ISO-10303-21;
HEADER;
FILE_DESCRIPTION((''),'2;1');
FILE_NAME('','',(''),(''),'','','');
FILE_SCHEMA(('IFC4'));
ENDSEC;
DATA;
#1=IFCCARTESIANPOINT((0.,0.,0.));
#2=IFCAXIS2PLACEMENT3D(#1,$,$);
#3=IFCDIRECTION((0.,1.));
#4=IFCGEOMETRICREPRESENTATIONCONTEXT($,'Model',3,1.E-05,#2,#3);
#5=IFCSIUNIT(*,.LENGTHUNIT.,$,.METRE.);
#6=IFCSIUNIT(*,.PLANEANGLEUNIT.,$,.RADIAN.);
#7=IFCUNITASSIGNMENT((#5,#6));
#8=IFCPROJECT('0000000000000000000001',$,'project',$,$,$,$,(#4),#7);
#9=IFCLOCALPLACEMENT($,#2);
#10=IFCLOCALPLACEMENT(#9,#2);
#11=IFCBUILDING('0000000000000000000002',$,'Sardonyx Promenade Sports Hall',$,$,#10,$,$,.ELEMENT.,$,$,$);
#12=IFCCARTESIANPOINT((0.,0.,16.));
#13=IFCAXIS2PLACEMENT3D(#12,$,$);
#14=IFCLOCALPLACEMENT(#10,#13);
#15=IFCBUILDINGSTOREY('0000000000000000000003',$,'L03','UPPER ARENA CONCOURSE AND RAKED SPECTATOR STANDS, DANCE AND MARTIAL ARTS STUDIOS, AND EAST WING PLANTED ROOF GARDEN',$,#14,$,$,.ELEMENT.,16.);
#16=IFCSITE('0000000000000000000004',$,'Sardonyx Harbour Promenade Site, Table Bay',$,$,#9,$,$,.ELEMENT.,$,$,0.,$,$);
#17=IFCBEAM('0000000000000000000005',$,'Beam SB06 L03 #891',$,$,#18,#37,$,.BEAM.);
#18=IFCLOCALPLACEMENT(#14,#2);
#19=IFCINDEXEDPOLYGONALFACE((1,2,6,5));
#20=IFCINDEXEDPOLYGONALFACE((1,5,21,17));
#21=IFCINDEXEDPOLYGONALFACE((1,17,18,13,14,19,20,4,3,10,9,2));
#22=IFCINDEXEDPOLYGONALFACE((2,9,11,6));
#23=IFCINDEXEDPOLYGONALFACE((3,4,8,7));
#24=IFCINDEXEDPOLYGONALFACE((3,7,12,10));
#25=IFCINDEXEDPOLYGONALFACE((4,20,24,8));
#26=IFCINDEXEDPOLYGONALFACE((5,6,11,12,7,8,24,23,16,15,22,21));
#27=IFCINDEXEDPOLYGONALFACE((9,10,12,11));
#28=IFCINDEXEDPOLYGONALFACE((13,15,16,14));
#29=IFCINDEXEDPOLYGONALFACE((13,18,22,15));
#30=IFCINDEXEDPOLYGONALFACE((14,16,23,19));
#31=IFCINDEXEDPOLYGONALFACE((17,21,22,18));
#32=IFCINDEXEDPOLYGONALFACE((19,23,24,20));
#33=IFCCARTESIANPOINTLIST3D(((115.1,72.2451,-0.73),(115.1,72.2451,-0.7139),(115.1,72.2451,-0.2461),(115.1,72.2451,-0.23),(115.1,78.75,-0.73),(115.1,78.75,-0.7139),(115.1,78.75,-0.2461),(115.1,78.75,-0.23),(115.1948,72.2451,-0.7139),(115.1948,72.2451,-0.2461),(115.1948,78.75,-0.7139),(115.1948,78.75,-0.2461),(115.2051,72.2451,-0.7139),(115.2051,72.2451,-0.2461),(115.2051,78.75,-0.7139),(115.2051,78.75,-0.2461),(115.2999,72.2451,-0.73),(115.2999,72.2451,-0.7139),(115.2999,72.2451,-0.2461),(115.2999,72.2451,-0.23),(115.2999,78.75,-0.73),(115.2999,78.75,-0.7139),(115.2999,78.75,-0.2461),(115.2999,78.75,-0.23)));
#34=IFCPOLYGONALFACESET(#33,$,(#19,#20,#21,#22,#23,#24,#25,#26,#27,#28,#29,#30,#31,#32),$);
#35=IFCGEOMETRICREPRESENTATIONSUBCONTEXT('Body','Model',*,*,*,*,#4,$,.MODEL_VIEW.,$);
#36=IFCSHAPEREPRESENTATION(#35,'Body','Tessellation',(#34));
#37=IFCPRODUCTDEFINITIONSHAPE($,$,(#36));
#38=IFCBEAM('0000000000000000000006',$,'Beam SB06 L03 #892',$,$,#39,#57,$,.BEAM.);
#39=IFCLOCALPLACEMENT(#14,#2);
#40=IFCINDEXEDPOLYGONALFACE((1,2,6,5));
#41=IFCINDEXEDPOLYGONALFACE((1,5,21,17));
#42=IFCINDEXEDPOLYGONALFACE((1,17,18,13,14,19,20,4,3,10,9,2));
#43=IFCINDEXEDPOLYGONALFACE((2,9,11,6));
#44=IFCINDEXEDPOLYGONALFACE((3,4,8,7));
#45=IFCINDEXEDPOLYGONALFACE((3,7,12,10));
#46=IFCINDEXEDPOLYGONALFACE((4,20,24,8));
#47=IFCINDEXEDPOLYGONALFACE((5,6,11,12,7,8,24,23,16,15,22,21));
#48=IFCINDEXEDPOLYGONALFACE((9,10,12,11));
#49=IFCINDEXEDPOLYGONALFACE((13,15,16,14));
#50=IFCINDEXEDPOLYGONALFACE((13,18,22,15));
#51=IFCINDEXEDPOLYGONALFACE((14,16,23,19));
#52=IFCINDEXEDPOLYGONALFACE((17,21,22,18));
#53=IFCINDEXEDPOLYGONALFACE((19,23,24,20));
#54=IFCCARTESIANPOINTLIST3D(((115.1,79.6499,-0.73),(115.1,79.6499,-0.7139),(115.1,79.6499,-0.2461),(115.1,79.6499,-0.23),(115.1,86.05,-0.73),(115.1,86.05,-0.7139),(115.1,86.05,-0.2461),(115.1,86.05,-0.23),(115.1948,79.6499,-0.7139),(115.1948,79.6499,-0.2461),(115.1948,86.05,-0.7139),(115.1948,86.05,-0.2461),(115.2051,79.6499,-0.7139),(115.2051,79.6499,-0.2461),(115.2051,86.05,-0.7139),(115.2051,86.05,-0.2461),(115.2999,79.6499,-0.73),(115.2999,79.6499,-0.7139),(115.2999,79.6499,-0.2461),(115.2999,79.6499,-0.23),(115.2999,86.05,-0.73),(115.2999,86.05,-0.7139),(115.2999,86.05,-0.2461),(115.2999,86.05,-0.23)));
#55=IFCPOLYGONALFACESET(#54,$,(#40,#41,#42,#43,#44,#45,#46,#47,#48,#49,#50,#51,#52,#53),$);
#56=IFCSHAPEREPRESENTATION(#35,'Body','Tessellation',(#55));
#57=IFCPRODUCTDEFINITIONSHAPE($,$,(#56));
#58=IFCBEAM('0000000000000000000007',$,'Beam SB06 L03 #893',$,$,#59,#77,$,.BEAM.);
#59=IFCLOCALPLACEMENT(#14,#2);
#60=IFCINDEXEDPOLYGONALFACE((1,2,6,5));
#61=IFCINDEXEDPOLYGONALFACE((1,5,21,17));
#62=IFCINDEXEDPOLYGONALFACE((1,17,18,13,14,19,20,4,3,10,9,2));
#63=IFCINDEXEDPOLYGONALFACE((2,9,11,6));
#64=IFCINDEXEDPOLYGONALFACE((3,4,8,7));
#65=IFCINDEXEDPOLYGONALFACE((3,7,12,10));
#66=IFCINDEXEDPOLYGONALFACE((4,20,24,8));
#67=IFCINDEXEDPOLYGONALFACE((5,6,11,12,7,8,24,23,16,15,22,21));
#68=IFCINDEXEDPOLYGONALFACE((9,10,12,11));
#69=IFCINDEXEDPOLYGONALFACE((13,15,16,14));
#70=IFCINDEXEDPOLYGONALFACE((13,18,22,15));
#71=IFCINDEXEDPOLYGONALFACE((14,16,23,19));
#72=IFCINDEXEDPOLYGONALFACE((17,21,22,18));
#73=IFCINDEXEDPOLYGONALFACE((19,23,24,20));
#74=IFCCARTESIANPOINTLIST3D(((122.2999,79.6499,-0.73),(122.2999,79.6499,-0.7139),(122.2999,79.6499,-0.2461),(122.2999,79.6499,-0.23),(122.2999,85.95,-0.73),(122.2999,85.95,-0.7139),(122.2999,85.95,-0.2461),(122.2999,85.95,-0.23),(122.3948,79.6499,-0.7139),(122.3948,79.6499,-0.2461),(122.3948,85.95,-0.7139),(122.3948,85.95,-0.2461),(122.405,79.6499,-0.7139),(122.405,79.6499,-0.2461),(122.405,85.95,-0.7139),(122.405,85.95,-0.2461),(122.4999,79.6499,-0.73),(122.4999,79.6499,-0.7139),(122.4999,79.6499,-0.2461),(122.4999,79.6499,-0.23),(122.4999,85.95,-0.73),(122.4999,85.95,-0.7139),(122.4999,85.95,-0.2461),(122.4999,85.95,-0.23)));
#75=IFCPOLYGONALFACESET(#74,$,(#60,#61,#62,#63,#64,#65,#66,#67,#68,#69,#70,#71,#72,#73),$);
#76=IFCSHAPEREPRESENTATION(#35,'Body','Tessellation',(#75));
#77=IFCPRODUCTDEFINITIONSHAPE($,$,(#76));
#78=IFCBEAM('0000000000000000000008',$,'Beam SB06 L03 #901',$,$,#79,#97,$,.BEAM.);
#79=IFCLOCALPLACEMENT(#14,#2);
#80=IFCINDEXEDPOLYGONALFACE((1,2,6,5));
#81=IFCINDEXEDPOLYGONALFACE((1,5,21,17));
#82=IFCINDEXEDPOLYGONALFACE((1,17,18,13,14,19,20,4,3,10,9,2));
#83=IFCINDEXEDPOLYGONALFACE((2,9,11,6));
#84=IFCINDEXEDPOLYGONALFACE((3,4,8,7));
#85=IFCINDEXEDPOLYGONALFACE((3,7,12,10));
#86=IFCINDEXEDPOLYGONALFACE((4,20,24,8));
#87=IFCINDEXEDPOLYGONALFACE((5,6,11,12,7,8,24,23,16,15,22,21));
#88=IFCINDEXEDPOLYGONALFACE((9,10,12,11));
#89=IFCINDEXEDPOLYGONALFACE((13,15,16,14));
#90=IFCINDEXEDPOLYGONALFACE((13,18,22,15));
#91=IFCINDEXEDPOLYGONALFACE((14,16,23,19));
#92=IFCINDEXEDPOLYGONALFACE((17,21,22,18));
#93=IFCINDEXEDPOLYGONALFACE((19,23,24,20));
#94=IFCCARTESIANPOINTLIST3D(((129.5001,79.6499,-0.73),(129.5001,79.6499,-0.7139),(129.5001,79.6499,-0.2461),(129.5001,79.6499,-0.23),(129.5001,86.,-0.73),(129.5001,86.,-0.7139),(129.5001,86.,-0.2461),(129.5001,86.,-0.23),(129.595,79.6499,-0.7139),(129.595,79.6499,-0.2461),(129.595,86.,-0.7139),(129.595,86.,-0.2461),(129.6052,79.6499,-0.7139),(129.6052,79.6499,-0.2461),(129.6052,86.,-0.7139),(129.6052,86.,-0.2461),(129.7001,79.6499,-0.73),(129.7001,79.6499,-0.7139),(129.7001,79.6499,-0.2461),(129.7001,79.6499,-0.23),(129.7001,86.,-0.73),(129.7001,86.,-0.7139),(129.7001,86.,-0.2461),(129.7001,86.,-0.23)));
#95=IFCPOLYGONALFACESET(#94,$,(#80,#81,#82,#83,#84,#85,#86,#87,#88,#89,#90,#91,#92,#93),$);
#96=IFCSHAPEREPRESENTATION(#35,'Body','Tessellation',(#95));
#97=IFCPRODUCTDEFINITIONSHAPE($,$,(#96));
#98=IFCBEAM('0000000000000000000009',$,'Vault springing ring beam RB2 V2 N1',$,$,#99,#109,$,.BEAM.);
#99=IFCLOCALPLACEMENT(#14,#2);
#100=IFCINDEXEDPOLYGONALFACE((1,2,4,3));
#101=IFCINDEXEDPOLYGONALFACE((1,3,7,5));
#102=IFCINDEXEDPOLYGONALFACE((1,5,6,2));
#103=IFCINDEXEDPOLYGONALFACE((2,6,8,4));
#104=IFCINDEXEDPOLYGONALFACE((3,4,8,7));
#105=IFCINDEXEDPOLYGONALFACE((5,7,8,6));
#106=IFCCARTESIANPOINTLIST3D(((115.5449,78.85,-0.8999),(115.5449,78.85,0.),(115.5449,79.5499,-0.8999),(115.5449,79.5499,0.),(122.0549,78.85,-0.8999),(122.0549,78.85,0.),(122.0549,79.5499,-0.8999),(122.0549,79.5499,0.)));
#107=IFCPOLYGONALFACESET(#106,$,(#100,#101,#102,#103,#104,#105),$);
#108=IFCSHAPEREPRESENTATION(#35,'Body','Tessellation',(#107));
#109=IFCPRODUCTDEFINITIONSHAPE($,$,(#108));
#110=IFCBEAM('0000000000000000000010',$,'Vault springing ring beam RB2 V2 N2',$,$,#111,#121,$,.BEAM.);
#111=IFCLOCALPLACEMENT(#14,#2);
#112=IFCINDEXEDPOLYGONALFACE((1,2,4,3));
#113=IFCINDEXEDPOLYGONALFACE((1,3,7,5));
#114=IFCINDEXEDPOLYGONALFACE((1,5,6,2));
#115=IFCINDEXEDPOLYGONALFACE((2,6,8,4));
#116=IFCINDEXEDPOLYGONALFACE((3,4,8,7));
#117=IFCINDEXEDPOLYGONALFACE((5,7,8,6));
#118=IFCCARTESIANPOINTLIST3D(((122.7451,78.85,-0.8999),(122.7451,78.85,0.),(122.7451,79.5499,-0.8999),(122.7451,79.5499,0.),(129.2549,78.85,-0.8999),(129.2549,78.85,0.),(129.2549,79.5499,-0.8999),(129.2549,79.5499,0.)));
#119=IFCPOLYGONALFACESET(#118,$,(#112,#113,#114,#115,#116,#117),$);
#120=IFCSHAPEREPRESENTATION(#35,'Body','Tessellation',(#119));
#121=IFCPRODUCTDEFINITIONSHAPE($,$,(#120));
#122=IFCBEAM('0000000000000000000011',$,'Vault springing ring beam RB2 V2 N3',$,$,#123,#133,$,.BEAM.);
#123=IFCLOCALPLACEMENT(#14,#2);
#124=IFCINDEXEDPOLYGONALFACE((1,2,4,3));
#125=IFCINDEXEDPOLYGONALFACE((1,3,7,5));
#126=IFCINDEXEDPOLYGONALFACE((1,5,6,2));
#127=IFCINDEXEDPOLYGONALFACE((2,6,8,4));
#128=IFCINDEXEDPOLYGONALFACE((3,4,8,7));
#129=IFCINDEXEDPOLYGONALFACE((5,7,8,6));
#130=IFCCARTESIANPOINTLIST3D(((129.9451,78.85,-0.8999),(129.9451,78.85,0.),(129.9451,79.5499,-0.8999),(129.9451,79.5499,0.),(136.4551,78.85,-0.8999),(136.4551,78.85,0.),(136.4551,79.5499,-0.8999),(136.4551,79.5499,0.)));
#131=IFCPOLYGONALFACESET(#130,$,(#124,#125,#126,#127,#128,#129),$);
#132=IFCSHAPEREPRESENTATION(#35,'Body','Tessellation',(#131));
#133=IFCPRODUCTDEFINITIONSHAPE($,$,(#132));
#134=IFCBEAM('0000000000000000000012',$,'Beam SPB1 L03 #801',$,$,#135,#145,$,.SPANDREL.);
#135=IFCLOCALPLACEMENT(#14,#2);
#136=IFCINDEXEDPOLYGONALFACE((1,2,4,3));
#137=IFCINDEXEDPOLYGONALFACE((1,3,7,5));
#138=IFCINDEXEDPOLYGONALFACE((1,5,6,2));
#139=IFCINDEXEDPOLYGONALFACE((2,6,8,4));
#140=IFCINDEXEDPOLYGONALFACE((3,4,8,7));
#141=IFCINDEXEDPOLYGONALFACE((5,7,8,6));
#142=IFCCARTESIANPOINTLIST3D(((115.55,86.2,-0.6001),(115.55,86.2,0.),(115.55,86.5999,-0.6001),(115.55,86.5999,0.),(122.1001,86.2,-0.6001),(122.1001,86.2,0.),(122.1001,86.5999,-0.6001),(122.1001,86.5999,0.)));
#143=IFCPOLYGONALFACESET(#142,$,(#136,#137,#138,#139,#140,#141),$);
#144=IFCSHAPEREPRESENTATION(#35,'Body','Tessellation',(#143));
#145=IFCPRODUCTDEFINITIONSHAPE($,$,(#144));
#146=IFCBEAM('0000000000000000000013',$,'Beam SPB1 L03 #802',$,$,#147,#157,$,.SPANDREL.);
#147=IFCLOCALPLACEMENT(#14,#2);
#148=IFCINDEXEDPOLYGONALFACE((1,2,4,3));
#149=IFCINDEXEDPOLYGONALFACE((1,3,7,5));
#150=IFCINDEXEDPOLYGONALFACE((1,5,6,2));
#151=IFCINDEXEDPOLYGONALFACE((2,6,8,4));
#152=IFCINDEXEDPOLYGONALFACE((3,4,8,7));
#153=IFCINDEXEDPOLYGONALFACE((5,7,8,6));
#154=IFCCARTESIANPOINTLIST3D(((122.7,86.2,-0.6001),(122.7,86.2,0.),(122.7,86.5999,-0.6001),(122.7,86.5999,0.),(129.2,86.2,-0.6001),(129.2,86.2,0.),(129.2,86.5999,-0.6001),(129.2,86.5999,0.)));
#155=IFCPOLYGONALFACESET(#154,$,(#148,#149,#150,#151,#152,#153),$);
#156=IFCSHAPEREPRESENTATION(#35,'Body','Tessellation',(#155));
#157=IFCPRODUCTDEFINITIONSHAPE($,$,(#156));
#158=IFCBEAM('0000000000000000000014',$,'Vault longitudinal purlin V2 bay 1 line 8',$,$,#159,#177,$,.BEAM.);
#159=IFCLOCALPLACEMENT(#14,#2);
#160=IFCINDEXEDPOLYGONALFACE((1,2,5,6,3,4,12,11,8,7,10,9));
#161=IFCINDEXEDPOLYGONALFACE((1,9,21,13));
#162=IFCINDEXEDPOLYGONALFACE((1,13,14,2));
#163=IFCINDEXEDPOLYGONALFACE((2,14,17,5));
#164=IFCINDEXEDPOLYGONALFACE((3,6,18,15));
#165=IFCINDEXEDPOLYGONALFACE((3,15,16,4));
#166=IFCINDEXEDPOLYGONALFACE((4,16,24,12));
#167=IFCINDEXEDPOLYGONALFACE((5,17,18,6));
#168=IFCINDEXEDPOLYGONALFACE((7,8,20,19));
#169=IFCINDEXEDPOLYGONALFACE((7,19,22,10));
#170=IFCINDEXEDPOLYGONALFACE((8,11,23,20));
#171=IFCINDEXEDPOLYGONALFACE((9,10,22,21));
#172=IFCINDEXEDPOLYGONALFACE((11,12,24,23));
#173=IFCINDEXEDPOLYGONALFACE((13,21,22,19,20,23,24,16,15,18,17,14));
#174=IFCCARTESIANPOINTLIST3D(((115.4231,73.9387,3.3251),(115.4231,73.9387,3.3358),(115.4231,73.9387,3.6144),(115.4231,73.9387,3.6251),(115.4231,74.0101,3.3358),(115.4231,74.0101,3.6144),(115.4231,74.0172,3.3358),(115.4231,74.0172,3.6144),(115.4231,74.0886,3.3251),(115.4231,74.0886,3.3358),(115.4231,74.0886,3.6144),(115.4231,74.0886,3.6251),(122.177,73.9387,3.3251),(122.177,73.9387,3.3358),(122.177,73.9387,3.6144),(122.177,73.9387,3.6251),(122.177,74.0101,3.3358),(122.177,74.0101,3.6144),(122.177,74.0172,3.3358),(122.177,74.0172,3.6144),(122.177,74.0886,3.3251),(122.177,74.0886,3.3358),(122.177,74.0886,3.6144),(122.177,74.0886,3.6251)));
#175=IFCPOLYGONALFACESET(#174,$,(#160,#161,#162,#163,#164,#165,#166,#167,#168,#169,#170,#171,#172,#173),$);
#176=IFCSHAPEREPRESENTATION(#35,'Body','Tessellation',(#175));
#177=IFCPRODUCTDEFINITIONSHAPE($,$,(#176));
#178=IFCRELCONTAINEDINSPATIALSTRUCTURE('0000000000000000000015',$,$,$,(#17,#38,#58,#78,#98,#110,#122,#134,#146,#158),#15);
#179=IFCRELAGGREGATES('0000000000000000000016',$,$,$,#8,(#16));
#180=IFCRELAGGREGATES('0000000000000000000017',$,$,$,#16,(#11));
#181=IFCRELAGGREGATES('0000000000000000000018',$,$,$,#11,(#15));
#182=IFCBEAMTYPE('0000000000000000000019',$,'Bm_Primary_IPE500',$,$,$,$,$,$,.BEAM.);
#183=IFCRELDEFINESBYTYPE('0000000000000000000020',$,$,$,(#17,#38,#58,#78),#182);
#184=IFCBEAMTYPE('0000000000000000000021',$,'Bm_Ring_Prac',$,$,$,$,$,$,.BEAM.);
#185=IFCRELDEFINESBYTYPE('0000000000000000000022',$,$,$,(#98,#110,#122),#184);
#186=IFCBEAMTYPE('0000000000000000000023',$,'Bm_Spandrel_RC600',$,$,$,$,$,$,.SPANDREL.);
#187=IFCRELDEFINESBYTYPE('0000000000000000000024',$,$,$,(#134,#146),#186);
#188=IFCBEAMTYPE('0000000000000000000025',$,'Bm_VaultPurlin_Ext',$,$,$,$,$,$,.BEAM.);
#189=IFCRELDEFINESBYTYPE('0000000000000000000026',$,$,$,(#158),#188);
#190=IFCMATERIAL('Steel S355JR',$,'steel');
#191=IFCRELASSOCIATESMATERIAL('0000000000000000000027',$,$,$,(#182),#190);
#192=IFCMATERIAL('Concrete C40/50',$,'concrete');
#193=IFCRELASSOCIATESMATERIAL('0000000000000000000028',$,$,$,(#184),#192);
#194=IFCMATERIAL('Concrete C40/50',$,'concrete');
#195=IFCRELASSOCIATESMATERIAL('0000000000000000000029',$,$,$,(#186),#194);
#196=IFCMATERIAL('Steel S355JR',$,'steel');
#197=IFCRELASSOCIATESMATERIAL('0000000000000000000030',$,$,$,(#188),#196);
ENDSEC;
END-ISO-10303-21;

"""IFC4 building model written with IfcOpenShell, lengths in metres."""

from ifc_helpers import new_model, si_unit, direction, frame, origin, origin_2d, place, context, subcontext, project, spatial, rectangle, i_section, extrude, material, material_profile, profile_set, type_object, element, save


model = new_model("IFC4")

# Units and contexts
model_context = context("Model", 3, precision=1e-05, world=origin(), true_north=direction((0.0, 1.0)))
body_context = subcontext(model_context, "Body", "Model", "MODEL_VIEW")
ifc_project = project(units=[si_unit("LENGTHUNIT", "METRE"), si_unit("PLANEANGLEUNIT", "RADIAN")], contexts=[model_context])

# Site, building, storey
site_placement = place(None, origin())
site = spatial("IfcSite", under=ifc_project, at=site_placement, Name="Sardonyx Harbour Promenade Site, Table Bay", CompositionType="ELEMENT", RefElevation=0.0)
building_placement = place(site_placement, origin())
building = spatial("IfcBuilding", under=site, at=building_placement, Name="Sardonyx Promenade Sports Hall", CompositionType="ELEMENT")
storey_placement = place(building_placement, frame((0.0, 0.0, 16.0)))
storey = spatial("IfcBuildingStorey", under=building, at=storey_placement, Name="L03", Description="UPPER ARENA CONCOURSE AND RAKED SPECTATOR STANDS, DANCE AND MARTIAL ARTS STUDIOS, AND EAST WING PLANTED ROOF GARDEN", CompositionType="ELEMENT", Elevation=16.0)

# Beams
ifc_material_1 = material(Name="Steel S355JR", Category="steel")
ifc_material_profile_1 = material_profile(ifc_material_1, i_section(OverallWidth=0.2, OverallDepth=0.5, WebThickness=0.0103, FlangeThickness=0.0161, at=origin_2d()))
ifc_profile_set_1 = profile_set([ifc_material_profile_1], Name="Steel S355JR")
beam_type_1 = type_object("IfcBeamType", Name="Bm_Primary_IPE500", PredefinedType="BEAM", material=ifc_profile_set_1)
beam_1_placement = place(storey_placement, frame((115.2, 72.2451, -0.48), z_axis=(0.0, 1.0, 0.0), x_axis=(-1.0, 0.0, 0.0)))
element("IfcBeam", 1, at=beam_1_placement, inside=storey, type_object=beam_type_1, Name="Beam SB06 L03 #891", PredefinedType="BEAM", context=body_context, shape_type="SweptSolid", body=[
    extrude(i_section(OverallWidth=0.2, OverallDepth=0.5, WebThickness=0.0103, FlangeThickness=0.0161, at=origin_2d()), origin(), (0.0, 0.0, 1.0), 6.5049),
])
beam_2_placement = place(storey_placement, frame((115.2, 79.6499, -0.48), z_axis=(0.0, 1.0, 0.0), x_axis=(-1.0, 0.0, 0.0)))
element("IfcBeam", 2, at=beam_2_placement, inside=storey, type_object=beam_type_1, Name="Beam SB06 L03 #892", PredefinedType="BEAM", context=body_context, shape_type="SweptSolid", body=[
    extrude(i_section(OverallWidth=0.2, OverallDepth=0.5, WebThickness=0.0103, FlangeThickness=0.0161, at=origin_2d()), origin(), (0.0, 0.0, 1.0), 6.4001),
])
beam_3_placement = place(storey_placement, frame((122.3999, 79.6499, -0.48), z_axis=(0.0, 1.0, 0.0), x_axis=(-1.0, 0.0, 0.0)))
element("IfcBeam", 3, at=beam_3_placement, inside=storey, type_object=beam_type_1, Name="Beam SB06 L03 #893", PredefinedType="BEAM", context=body_context, shape_type="SweptSolid", body=[
    extrude(i_section(OverallWidth=0.2, OverallDepth=0.5, WebThickness=0.0103, FlangeThickness=0.0161, at=origin_2d()), origin(), (0.0, 0.0, 1.0), 6.3),
])
beam_4_placement = place(storey_placement, frame((129.6001, 79.6499, -0.48), z_axis=(0.0, 1.0, 0.0), x_axis=(-1.0, 0.0, 0.0)))
element("IfcBeam", 4, at=beam_4_placement, inside=storey, type_object=beam_type_1, Name="Beam SB06 L03 #901", PredefinedType="BEAM", context=body_context, shape_type="SweptSolid", body=[
    extrude(i_section(OverallWidth=0.2, OverallDepth=0.5, WebThickness=0.0103, FlangeThickness=0.0161, at=origin_2d()), origin(), (0.0, 0.0, 1.0), 6.3501),
])
ifc_material_2 = material(Name="Concrete C40/50", Category="concrete")
ifc_material_profile_2 = material_profile(ifc_material_2, rectangle(XDim=0.7, YDim=0.8999, at=origin_2d()))
ifc_profile_set_2 = profile_set([ifc_material_profile_2], Name="Concrete C40/50")
beam_type_2 = type_object("IfcBeamType", Name="Bm_Ring_Prac", PredefinedType="BEAM", material=ifc_profile_set_2)
beam_5_placement = place(storey_placement, frame((115.5449, 79.2, -0.45), z_axis=(1.0, 0.0, 0.0), x_axis=(0.0, 1.0, 0.0)))
element("IfcBeam", 5, at=beam_5_placement, inside=storey, type_object=beam_type_2, Name="Vault springing ring beam RB2 V2 N1", PredefinedType="BEAM", context=body_context, shape_type="SweptSolid", body=[
    extrude(rectangle(XDim=0.7, YDim=0.8999, at=origin_2d()), origin(), (0.0, 0.0, 1.0), 6.51),
])
beam_6_placement = place(storey_placement, frame((122.7451, 79.2, -0.45), z_axis=(1.0, 0.0, 0.0), x_axis=(0.0, 1.0, 0.0)))
element("IfcBeam", 6, at=beam_6_placement, inside=storey, type_object=beam_type_2, Name="Vault springing ring beam RB2 V2 N2", PredefinedType="BEAM", context=body_context, shape_type="SweptSolid", body=[
    extrude(rectangle(XDim=0.7, YDim=0.8999, at=origin_2d()), origin(), (0.0, 0.0, 1.0), 6.5098),
])
beam_7_placement = place(storey_placement, frame((129.9451, 79.2, -0.45), z_axis=(1.0, 0.0, 0.0), x_axis=(0.0, 1.0, 0.0)))
element("IfcBeam", 7, at=beam_7_placement, inside=storey, type_object=beam_type_2, Name="Vault springing ring beam RB2 V2 N3", PredefinedType="BEAM", context=body_context, shape_type="SweptSolid", body=[
    extrude(rectangle(XDim=0.7, YDim=0.8999, at=origin_2d()), origin(), (0.0, 0.0, 1.0), 6.51),
])
ifc_material_3 = material(Name="Concrete C40/50", Category="concrete")
ifc_material_profile_3 = material_profile(ifc_material_3, rectangle(XDim=0.3999, YDim=0.6001, at=origin_2d()))
ifc_profile_set_3 = profile_set([ifc_material_profile_3], Name="Concrete C40/50")
beam_type_3 = type_object("IfcBeamType", Name="Bm_Spandrel_RC600", PredefinedType="SPANDREL", material=ifc_profile_set_3)
beam_8_placement = place(storey_placement, frame((115.55, 86.3999, -0.3), z_axis=(1.0, 0.0, 0.0), x_axis=(0.0, 1.0, 0.0)))
element("IfcBeam", 8, at=beam_8_placement, inside=storey, type_object=beam_type_3, Name="Beam SPB1 L03 #801", PredefinedType="SPANDREL", context=body_context, shape_type="SweptSolid", body=[
    extrude(rectangle(XDim=0.3999, YDim=0.6001, at=origin_2d()), origin(), (0.0, 0.0, 1.0), 6.55),
])
beam_9_placement = place(storey_placement, frame((122.7, 86.3999, -0.3), z_axis=(1.0, 0.0, 0.0), x_axis=(0.0, 1.0, 0.0)))
element("IfcBeam", 9, at=beam_9_placement, inside=storey, type_object=beam_type_3, Name="Beam SPB1 L03 #802", PredefinedType="SPANDREL", context=body_context, shape_type="SweptSolid", body=[
    extrude(rectangle(XDim=0.3999, YDim=0.6001, at=origin_2d()), origin(), (0.0, 0.0, 1.0), 6.5),
])
ifc_material_4 = material(Name="Steel S355JR", Category="steel")
ifc_material_profile_4 = material_profile(ifc_material_4, i_section(OverallWidth=0.1499, OverallDepth=0.3, WebThickness=0.0071, FlangeThickness=0.0107, at=origin_2d()))
ifc_profile_set_4 = profile_set([ifc_material_profile_4], Name="Steel S355JR")
beam_type_4 = type_object("IfcBeamType", Name="Bm_VaultPurlin_Ext", PredefinedType="BEAM", material=ifc_profile_set_4)
for number, where, z_axis, x_axis, name in (
    (10, (115.4231, 74.0137, 3.4751), (1.0, 0.0, 0.0), (0.0, 1.0, 0.0), "Vault longitudinal purlin V2 bay 1 line 8"),
):
    element("IfcBeam", number, at=place(storey_placement, frame(where, z_axis=z_axis, x_axis=x_axis)), inside=storey, type_object=beam_type_4, Name=name, PredefinedType="BEAM", context=body_context, shape_type="SweptSolid", body=[
        extrude(i_section(OverallWidth=0.1499, OverallDepth=0.3, WebThickness=0.0071, FlangeThickness=0.0107, at=origin_2d()), origin(), (0.0, 0.0, 1.0), 6.7539),
    ])

save(model, "model.ifc")
